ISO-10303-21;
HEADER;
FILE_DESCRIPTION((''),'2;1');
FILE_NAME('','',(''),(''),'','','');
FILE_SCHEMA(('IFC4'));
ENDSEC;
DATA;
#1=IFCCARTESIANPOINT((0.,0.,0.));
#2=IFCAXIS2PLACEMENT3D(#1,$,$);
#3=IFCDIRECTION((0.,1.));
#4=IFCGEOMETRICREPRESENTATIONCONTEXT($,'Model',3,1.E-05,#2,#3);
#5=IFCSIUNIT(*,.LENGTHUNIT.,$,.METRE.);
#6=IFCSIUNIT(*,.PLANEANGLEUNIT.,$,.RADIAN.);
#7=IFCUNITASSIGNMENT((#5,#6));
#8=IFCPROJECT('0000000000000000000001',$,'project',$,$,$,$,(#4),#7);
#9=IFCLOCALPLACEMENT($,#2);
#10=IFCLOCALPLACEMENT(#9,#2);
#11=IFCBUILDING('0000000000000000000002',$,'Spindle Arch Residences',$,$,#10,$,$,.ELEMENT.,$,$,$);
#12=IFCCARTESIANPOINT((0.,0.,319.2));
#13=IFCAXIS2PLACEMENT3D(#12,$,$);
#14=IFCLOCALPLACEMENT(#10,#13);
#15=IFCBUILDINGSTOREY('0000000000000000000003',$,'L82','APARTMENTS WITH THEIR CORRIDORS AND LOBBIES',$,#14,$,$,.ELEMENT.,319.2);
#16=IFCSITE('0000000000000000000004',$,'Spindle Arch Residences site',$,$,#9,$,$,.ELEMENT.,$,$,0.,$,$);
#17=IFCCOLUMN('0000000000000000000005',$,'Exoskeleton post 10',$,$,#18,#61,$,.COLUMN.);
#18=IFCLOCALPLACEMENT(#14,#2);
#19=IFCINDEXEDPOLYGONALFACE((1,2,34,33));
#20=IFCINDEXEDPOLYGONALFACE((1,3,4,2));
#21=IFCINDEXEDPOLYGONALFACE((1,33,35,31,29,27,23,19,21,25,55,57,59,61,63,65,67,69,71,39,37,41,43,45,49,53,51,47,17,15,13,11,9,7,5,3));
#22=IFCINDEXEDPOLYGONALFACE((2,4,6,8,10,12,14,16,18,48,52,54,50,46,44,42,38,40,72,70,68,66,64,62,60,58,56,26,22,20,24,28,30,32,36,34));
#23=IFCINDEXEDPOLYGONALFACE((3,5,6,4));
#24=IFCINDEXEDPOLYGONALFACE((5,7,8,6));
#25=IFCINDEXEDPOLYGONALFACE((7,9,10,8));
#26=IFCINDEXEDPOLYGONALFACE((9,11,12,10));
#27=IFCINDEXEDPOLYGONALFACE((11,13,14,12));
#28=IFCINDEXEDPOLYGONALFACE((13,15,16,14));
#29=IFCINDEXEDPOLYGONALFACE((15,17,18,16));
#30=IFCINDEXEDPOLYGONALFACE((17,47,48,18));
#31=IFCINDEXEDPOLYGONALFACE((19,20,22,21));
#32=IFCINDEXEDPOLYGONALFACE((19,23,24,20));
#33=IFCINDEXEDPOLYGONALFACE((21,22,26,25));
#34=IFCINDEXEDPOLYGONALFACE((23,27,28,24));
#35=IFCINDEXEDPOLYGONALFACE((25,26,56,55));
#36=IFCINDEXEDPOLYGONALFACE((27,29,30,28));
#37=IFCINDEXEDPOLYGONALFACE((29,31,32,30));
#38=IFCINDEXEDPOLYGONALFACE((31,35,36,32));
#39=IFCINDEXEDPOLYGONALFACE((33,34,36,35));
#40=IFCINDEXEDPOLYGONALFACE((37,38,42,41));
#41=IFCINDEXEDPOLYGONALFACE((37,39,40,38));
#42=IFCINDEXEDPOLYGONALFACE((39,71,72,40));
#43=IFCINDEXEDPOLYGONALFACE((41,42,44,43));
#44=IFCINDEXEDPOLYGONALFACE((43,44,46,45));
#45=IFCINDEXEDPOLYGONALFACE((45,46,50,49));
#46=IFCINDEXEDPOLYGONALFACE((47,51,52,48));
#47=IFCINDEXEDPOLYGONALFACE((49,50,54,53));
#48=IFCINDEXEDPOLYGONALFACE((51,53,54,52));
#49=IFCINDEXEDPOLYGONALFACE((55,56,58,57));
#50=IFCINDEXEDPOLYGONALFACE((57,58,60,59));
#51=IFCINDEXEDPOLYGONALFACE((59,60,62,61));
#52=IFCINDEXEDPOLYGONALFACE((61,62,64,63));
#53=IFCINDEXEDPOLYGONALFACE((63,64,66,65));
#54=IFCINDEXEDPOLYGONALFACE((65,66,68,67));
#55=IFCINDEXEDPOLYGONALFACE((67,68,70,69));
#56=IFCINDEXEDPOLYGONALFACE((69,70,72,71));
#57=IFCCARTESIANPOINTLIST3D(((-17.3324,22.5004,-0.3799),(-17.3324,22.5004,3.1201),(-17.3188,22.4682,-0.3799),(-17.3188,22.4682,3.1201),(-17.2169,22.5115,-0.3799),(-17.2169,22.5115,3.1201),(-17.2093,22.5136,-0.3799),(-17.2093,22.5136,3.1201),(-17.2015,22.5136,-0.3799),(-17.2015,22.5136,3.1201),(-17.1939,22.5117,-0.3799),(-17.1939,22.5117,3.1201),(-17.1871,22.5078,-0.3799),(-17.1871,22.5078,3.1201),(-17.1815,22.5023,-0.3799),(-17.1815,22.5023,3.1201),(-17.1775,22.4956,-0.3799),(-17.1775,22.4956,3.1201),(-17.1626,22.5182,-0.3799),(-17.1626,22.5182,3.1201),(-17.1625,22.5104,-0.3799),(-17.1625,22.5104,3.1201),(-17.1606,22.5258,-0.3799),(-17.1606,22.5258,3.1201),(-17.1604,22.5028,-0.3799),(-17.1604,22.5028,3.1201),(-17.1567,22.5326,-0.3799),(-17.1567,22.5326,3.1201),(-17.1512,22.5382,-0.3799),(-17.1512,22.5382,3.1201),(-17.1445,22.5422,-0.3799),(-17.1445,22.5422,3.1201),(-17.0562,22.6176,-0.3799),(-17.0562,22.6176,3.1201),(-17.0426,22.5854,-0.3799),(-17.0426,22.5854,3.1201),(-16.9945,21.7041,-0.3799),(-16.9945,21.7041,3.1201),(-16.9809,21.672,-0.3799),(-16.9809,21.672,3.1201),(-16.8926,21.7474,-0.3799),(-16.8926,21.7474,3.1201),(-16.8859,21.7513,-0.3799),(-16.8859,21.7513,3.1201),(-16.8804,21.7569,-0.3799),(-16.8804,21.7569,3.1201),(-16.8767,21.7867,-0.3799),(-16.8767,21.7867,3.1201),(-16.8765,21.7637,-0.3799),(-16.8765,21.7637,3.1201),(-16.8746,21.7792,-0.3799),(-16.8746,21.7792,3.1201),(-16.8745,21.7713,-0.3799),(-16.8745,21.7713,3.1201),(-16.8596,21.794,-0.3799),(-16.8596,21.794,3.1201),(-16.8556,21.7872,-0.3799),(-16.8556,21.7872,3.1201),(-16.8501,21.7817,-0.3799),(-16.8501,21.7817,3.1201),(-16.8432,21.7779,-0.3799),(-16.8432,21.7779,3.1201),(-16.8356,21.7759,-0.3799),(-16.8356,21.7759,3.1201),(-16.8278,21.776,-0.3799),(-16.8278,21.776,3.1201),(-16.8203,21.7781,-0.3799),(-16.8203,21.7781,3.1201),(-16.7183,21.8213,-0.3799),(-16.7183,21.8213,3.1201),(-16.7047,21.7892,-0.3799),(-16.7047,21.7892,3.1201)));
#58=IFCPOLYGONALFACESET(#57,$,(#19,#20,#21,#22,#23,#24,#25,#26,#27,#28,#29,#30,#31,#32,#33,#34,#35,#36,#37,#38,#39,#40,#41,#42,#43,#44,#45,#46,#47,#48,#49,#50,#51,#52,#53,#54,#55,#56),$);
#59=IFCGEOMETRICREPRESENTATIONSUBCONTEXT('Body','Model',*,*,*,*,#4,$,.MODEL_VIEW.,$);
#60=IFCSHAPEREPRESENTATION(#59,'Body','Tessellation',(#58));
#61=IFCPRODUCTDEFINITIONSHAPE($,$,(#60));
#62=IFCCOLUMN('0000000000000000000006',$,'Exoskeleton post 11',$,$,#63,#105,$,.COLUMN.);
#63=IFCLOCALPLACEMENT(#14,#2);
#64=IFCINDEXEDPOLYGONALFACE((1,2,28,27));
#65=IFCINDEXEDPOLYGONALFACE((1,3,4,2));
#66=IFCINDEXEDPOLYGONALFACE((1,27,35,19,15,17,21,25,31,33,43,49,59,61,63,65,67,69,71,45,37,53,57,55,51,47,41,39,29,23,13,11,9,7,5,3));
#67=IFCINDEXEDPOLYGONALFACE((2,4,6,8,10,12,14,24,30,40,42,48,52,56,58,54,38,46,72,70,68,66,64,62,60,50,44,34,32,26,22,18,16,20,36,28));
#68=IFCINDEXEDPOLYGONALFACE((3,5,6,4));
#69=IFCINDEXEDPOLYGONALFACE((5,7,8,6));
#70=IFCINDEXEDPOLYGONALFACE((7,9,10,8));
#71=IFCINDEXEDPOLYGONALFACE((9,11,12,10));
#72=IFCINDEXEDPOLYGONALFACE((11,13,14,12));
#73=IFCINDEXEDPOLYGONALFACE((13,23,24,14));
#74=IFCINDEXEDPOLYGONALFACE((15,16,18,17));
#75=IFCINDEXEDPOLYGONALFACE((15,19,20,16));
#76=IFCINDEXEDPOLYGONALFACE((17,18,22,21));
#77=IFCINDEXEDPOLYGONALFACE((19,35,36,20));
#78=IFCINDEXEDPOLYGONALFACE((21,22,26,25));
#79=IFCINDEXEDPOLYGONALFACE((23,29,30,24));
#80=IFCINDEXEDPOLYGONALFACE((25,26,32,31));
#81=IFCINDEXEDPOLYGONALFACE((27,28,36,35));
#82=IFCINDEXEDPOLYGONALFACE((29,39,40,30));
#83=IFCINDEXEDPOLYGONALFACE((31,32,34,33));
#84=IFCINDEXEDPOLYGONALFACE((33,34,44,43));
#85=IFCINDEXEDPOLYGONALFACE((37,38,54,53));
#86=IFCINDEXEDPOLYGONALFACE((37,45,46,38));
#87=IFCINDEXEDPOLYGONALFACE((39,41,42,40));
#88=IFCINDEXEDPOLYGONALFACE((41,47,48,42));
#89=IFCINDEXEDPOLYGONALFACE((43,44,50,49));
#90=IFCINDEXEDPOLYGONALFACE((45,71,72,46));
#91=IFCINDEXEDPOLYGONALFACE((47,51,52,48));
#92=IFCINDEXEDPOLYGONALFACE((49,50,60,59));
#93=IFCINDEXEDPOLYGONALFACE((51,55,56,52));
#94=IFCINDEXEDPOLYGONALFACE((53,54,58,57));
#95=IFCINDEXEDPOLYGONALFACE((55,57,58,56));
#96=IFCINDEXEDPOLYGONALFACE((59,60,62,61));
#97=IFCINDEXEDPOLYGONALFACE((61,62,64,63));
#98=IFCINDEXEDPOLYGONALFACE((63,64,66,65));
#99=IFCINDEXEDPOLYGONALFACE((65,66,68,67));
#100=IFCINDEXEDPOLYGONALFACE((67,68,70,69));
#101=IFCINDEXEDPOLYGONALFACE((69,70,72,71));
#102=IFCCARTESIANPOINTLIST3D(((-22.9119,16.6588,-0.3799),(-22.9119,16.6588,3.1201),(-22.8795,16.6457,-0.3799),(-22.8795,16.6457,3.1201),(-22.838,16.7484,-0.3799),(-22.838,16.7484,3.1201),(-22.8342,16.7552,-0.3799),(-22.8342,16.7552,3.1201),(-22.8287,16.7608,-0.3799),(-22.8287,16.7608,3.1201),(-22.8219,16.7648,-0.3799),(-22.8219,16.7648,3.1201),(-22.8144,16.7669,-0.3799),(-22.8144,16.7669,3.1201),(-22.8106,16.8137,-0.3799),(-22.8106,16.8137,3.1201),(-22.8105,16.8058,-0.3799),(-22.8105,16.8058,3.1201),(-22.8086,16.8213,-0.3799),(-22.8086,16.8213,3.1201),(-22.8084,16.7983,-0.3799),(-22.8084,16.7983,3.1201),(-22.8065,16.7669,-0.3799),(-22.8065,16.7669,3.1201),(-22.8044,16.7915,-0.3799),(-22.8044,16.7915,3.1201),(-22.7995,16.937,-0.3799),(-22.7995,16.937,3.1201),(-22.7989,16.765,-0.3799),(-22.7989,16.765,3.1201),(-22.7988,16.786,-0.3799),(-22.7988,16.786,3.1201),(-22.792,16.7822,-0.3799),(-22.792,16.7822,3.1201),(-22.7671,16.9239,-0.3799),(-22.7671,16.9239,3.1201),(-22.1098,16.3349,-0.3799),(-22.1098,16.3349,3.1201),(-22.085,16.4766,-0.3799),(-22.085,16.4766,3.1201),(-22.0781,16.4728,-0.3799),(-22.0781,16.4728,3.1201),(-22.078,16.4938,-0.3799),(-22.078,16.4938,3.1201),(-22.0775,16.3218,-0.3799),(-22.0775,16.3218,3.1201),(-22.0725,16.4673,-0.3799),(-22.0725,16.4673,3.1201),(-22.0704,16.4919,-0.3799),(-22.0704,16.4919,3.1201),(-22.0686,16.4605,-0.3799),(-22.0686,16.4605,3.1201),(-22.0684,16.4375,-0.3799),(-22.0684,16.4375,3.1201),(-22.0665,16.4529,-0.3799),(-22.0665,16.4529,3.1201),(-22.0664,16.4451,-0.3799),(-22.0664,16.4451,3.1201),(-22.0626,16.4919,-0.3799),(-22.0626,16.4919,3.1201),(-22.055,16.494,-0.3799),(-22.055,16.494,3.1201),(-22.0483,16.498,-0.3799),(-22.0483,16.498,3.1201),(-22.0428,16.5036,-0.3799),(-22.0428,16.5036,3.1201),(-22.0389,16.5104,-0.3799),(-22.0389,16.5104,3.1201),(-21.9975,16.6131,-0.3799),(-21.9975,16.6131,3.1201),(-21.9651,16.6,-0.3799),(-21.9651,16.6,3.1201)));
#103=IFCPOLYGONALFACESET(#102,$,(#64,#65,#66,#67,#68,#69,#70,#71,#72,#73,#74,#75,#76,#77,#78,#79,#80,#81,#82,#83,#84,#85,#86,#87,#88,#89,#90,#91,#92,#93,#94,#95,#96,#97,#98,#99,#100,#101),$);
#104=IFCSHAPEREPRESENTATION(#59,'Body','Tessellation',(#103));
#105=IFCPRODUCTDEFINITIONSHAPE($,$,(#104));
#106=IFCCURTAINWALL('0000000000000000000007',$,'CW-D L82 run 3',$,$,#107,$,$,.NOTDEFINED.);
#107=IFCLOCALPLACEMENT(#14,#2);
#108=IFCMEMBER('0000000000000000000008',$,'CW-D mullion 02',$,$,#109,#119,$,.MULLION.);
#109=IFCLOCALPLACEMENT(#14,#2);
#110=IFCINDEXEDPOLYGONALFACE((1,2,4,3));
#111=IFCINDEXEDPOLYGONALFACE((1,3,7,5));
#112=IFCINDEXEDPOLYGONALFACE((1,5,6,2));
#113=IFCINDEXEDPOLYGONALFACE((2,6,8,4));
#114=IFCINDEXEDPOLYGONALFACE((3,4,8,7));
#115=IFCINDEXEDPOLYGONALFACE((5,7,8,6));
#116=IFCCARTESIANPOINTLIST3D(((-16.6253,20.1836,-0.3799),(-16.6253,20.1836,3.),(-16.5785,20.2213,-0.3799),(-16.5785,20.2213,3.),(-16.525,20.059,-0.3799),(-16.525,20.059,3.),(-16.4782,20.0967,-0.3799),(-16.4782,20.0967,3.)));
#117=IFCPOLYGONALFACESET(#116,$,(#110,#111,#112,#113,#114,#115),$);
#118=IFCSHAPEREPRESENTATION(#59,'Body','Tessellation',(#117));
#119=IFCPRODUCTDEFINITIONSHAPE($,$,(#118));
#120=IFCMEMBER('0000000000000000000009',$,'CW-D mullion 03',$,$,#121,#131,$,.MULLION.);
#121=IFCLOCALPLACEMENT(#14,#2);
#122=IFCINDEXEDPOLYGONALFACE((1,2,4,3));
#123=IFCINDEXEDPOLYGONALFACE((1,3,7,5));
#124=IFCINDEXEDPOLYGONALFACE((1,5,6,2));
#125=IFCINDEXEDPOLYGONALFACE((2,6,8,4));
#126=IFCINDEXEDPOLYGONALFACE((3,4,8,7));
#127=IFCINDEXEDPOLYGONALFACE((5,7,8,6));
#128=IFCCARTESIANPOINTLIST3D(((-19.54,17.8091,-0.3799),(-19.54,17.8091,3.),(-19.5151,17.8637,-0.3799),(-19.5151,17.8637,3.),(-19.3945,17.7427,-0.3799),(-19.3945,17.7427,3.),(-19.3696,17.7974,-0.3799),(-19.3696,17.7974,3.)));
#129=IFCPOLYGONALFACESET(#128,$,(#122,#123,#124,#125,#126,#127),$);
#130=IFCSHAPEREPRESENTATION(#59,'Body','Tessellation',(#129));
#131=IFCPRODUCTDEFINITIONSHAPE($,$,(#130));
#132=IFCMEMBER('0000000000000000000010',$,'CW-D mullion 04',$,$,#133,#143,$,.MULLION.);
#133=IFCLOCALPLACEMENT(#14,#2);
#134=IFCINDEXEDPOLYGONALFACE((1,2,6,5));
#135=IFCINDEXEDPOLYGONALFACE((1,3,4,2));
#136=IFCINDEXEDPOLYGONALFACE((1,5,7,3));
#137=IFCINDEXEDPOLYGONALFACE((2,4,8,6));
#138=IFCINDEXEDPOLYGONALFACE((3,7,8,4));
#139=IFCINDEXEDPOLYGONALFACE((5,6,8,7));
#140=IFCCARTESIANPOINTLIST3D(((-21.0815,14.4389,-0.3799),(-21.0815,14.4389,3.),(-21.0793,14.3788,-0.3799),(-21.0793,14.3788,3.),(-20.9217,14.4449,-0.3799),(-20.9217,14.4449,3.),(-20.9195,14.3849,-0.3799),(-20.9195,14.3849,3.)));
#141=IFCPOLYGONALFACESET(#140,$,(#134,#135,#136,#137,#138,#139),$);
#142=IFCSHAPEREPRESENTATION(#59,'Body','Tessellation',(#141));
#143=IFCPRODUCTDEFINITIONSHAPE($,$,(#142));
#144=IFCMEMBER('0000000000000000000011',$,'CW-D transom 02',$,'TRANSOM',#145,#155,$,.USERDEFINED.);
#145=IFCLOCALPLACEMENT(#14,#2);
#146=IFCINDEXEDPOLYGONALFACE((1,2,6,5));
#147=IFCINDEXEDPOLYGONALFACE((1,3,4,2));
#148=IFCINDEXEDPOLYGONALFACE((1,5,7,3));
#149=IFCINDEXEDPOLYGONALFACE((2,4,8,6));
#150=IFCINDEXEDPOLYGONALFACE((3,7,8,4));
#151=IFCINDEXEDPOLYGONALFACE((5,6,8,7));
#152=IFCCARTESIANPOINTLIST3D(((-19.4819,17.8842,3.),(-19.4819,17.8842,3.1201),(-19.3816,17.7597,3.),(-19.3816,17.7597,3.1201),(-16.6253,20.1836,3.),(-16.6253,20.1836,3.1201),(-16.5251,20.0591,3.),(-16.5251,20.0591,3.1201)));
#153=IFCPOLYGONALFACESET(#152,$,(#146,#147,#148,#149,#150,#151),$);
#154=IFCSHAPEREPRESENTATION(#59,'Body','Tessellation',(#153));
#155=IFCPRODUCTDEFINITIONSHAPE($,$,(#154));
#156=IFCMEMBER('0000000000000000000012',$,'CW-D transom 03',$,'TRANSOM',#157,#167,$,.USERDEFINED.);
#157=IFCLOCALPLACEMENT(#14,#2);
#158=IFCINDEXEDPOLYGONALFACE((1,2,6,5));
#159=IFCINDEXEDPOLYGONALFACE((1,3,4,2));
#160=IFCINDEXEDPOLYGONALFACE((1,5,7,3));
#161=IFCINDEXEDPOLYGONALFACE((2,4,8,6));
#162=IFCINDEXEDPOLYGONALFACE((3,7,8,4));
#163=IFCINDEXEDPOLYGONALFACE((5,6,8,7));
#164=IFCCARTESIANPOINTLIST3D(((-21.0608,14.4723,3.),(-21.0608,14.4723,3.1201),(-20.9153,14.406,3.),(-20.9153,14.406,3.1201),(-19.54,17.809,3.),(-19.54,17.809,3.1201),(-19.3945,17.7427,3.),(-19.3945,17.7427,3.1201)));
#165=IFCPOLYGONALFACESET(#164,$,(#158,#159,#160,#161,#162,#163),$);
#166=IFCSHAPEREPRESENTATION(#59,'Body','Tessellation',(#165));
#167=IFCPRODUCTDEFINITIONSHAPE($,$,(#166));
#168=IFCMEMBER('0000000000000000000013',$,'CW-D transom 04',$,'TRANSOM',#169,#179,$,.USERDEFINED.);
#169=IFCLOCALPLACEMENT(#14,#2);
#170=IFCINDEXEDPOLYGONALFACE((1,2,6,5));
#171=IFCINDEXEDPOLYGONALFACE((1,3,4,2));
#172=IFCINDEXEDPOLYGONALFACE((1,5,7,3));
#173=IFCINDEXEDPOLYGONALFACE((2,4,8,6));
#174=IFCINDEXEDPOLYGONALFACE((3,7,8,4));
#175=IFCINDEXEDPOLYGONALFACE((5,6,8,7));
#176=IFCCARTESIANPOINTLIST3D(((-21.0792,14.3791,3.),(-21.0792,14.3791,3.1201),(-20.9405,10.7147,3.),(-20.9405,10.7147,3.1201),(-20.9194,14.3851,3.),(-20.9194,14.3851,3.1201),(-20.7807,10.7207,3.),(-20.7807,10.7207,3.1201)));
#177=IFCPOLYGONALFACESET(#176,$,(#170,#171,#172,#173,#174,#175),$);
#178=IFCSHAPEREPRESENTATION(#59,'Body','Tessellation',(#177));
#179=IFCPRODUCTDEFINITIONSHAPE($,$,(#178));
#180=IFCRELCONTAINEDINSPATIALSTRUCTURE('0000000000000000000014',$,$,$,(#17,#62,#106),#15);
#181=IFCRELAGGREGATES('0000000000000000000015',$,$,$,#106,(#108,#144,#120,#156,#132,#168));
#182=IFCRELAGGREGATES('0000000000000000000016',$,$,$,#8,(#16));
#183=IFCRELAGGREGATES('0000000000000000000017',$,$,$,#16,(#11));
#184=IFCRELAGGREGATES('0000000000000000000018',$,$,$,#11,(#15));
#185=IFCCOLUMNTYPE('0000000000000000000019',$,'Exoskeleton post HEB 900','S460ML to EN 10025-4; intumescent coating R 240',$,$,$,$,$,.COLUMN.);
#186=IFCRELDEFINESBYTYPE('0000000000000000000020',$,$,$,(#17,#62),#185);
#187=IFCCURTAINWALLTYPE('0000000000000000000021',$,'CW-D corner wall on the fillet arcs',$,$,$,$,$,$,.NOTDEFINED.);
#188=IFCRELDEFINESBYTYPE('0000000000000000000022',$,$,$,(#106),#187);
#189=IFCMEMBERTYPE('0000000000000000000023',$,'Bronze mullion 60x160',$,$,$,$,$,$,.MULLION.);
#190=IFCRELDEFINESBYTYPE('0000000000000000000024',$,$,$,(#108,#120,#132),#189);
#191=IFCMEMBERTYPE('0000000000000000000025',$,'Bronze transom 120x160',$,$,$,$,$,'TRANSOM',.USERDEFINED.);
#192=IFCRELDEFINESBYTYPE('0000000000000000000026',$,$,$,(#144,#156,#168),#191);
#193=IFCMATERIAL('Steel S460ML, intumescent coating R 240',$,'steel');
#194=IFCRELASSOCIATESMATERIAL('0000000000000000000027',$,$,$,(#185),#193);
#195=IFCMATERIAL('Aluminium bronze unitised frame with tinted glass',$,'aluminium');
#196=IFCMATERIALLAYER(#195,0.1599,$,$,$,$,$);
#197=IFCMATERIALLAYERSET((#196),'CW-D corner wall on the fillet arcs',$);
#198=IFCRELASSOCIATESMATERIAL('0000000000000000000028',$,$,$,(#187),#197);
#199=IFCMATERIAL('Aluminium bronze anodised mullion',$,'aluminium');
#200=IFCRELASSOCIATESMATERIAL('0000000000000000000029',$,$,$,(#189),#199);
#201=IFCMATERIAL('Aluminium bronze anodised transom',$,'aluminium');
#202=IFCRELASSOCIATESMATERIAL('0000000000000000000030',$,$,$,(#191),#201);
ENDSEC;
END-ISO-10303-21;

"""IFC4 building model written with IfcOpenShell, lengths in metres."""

from ifc_helpers import new_model, si_unit, direction, frame, origin, origin_2d, place, context, subcontext, project, spatial, rectangle, i_section, extrude, material, layer, layer_set, material_profile, profile_set, type_object, element, aggregate, save


model = new_model("IFC4")

# Units and contexts
model_context = context("Model", 3, precision=1e-05, world=origin(), true_north=direction((0.0, 1.0)))
body_context = subcontext(model_context, "Body", "Model", "MODEL_VIEW")
ifc_project = project(units=[si_unit("LENGTHUNIT", "METRE"), si_unit("PLANEANGLEUNIT", "RADIAN")], contexts=[model_context])

# Site, building, storey
site_placement = place(None, origin())
site = spatial("IfcSite", under=ifc_project, at=site_placement, Name="Spindle Arch Residences site", CompositionType="ELEMENT", RefElevation=0.0)
building_placement = place(site_placement, origin())
building = spatial("IfcBuilding", under=site, at=building_placement, Name="Spindle Arch Residences", CompositionType="ELEMENT")
storey_placement = place(building_placement, frame((0.0, 0.0, 319.2)))
storey = spatial("IfcBuildingStorey", under=building, at=storey_placement, Name="L82", Description="APARTMENTS WITH THEIR CORRIDORS AND LOBBIES", CompositionType="ELEMENT", Elevation=319.2)

# Columns
ifc_material_1 = material(Name="Steel S460ML, intumescent coating R 240", Category="steel")
ifc_material_profile_1 = material_profile(ifc_material_1, i_section(OverallWidth=0.3, OverallDepth=0.8999, WebThickness=0.0186, FlangeThickness=0.0349, FilletRadius=0.03, at=origin_2d()), Name="HEB 900")
ifc_profile_set_1 = profile_set([ifc_material_profile_1], Name="Steel S460ML, intumescent coating R 240")
column_type = type_object("IfcColumnType", Name="Exoskeleton post HEB 900", Description="S460ML to EN 10025-4; intumescent coating R 240", PredefinedType="COLUMN", material=ifc_profile_set_1)
for number, where, z_axis, x_axis, name in (
    (1, (-17.0186, 22.1448, -0.3799), (0.0, 0.0, 1.0), (0.920554, 0.390614, 0.0), "Exoskeleton post 10"),
    (2, (-22.4385, 16.6294, -0.3799), (0.0, 0.0, 1.0), (0.374489, 0.927231, 0.0), "Exoskeleton post 11"),
):
    element("IfcColumn", number, at=place(storey_placement, frame(where, z_axis=z_axis, x_axis=x_axis)), inside=storey, type_object=column_type, Name=name, PredefinedType="COLUMN", context=body_context, shape_type="SweptSolid", body=[
        extrude(i_section(OverallWidth=0.3, OverallDepth=0.8999, WebThickness=0.0186, FlangeThickness=0.0349, FilletRadius=0.03, at=origin_2d()), origin(), (0.0, 0.0, 1.0), 3.5),
    ])

# Curtain wall, members
ifc_material_2 = material(Name="Aluminium bronze unitised frame with tinted glass", Category="aluminium")
ifc_layer_1 = layer(ifc_material_2, 0.1599)
ifc_layer_set_1 = layer_set([ifc_layer_1], Name="CW-D corner wall on the fillet arcs")
curtain_wall_type = type_object("IfcCurtainWallType", Name="CW-D corner wall on the fillet arcs", PredefinedType="NOTDEFINED", material=ifc_layer_set_1)
curtain_wall_placement = place(storey_placement, origin())
curtain_wall = element("IfcCurtainWall", 3, at=curtain_wall_placement, inside=storey, type_object=curtain_wall_type, Name="CW-D L82 run 3", PredefinedType="NOTDEFINED")
ifc_material_3 = material(Name="Aluminium bronze anodised mullion", Category="aluminium")
ifc_material_profile_2 = material_profile(ifc_material_3, rectangle(XDim=0.1599, YDim=0.0601, at=origin_2d()), Name="MU 60x160")
ifc_profile_set_2 = profile_set([ifc_material_profile_2], Name="Aluminium bronze anodised mullion")
member_type_1 = type_object("IfcMemberType", Name="Bronze mullion 60x160", PredefinedType="MULLION", material=ifc_profile_set_2)
member_1_placement = place(storey_placement, frame((-16.5518, 20.1401, -0.3799), z_axis=(0.0, 0.0, 1.0), x_axis=(0.627057, -0.778973, 0.0)))
member_1 = element("IfcMember", 4, at=member_1_placement, type_object=member_type_1, Name="CW-D mullion 02", PredefinedType="MULLION", context=body_context, shape_type="SweptSolid", body=[
    extrude(rectangle(XDim=0.1599, YDim=0.0601, at=origin_2d()), origin(), (0.0, 0.0, 1.0), 3.3799),
])
member_2_placement = place(storey_placement, frame((-19.4548, 17.8032, -0.3799), z_axis=(0.0, 0.0, 1.0), x_axis=(0.909961, -0.414693, 0.0)))
member_2 = element("IfcMember", 5, at=member_2_placement, type_object=member_type_1, Name="CW-D mullion 03", PredefinedType="MULLION", context=body_context, shape_type="SweptSolid", body=[
    extrude(rectangle(XDim=0.1599, YDim=0.0601, at=origin_2d()), origin(), (0.0, 0.0, 1.0), 3.3799),
])
member_3_placement = place(storey_placement, frame((-21.0005, 14.4119, -0.3799), z_axis=(0.0, 0.0, 1.0), x_axis=(0.999285, 0.037806, 0.0)))
member_3 = element("IfcMember", 6, at=member_3_placement, type_object=member_type_1, Name="CW-D mullion 04", PredefinedType="MULLION", context=body_context, shape_type="SweptSolid", body=[
    extrude(rectangle(XDim=0.1599, YDim=0.0601, at=origin_2d()), origin(), (0.0, 0.0, 1.0), 3.3799),
])
ifc_material_4 = material(Name="Aluminium bronze anodised transom", Category="aluminium")
ifc_material_profile_3 = material_profile(ifc_material_4, rectangle(XDim=0.1599, YDim=0.1201, at=origin_2d()), Name="TR 120x160")
ifc_profile_set_3 = profile_set([ifc_material_profile_3], Name="Aluminium bronze anodised transom")
member_type_2 = type_object("IfcMemberType", Name="Bronze transom 120x160", ElementType="TRANSOM", PredefinedType="USERDEFINED", material=ifc_profile_set_3)
member_4_placement = place(storey_placement, frame((-16.5752, 20.1213, 3.0601), z_axis=(-0.778982, -0.627047, 0.0), x_axis=(0.627047, -0.778982, 0.0)))
member_4 = element("IfcMember", 7, at=member_4_placement, type_object=member_type_2, Name="CW-D transom 02", ObjectType="TRANSOM", PredefinedType="USERDEFINED", context=body_context, shape_type="SweptSolid", body=[
    extrude(rectangle(XDim=0.1599, YDim=0.1201, at=origin_2d()), origin(), (0.0, 0.0, 1.0), 3.667),
])
member_5_placement = place(storey_placement, frame((-19.4673, 17.7759, 3.0601), z_axis=(-0.414726, -0.909946, 0.0), x_axis=(0.909946, -0.414726, 0.0)))
member_5 = element("IfcMember", 8, at=member_5_placement, type_object=member_type_2, Name="CW-D transom 03", ObjectType="TRANSOM", PredefinedType="USERDEFINED", context=body_context, shape_type="SweptSolid", body=[
    extrude(rectangle(XDim=0.1599, YDim=0.1201, at=origin_2d()), origin(), (0.0, 0.0, 1.0), 3.667),
])
member_6_placement = place(storey_placement, frame((-20.9993, 14.3821, 3.0601), z_axis=(0.037817, -0.999285, 0.0), x_axis=(0.999285, 0.037817, 0.0)))
member_6 = element("IfcMember", 9, at=member_6_placement, type_object=member_type_2, Name="CW-D transom 04", ObjectType="TRANSOM", PredefinedType="USERDEFINED", context=body_context, shape_type="SweptSolid", body=[
    extrude(rectangle(XDim=0.1599, YDim=0.1201, at=origin_2d()), origin(), (0.0, 0.0, 1.0), 3.667),
])

aggregate(curtain_wall, [member_1, member_4, member_2, member_5, member_3, member_6])

save(model, "model.ifc")
